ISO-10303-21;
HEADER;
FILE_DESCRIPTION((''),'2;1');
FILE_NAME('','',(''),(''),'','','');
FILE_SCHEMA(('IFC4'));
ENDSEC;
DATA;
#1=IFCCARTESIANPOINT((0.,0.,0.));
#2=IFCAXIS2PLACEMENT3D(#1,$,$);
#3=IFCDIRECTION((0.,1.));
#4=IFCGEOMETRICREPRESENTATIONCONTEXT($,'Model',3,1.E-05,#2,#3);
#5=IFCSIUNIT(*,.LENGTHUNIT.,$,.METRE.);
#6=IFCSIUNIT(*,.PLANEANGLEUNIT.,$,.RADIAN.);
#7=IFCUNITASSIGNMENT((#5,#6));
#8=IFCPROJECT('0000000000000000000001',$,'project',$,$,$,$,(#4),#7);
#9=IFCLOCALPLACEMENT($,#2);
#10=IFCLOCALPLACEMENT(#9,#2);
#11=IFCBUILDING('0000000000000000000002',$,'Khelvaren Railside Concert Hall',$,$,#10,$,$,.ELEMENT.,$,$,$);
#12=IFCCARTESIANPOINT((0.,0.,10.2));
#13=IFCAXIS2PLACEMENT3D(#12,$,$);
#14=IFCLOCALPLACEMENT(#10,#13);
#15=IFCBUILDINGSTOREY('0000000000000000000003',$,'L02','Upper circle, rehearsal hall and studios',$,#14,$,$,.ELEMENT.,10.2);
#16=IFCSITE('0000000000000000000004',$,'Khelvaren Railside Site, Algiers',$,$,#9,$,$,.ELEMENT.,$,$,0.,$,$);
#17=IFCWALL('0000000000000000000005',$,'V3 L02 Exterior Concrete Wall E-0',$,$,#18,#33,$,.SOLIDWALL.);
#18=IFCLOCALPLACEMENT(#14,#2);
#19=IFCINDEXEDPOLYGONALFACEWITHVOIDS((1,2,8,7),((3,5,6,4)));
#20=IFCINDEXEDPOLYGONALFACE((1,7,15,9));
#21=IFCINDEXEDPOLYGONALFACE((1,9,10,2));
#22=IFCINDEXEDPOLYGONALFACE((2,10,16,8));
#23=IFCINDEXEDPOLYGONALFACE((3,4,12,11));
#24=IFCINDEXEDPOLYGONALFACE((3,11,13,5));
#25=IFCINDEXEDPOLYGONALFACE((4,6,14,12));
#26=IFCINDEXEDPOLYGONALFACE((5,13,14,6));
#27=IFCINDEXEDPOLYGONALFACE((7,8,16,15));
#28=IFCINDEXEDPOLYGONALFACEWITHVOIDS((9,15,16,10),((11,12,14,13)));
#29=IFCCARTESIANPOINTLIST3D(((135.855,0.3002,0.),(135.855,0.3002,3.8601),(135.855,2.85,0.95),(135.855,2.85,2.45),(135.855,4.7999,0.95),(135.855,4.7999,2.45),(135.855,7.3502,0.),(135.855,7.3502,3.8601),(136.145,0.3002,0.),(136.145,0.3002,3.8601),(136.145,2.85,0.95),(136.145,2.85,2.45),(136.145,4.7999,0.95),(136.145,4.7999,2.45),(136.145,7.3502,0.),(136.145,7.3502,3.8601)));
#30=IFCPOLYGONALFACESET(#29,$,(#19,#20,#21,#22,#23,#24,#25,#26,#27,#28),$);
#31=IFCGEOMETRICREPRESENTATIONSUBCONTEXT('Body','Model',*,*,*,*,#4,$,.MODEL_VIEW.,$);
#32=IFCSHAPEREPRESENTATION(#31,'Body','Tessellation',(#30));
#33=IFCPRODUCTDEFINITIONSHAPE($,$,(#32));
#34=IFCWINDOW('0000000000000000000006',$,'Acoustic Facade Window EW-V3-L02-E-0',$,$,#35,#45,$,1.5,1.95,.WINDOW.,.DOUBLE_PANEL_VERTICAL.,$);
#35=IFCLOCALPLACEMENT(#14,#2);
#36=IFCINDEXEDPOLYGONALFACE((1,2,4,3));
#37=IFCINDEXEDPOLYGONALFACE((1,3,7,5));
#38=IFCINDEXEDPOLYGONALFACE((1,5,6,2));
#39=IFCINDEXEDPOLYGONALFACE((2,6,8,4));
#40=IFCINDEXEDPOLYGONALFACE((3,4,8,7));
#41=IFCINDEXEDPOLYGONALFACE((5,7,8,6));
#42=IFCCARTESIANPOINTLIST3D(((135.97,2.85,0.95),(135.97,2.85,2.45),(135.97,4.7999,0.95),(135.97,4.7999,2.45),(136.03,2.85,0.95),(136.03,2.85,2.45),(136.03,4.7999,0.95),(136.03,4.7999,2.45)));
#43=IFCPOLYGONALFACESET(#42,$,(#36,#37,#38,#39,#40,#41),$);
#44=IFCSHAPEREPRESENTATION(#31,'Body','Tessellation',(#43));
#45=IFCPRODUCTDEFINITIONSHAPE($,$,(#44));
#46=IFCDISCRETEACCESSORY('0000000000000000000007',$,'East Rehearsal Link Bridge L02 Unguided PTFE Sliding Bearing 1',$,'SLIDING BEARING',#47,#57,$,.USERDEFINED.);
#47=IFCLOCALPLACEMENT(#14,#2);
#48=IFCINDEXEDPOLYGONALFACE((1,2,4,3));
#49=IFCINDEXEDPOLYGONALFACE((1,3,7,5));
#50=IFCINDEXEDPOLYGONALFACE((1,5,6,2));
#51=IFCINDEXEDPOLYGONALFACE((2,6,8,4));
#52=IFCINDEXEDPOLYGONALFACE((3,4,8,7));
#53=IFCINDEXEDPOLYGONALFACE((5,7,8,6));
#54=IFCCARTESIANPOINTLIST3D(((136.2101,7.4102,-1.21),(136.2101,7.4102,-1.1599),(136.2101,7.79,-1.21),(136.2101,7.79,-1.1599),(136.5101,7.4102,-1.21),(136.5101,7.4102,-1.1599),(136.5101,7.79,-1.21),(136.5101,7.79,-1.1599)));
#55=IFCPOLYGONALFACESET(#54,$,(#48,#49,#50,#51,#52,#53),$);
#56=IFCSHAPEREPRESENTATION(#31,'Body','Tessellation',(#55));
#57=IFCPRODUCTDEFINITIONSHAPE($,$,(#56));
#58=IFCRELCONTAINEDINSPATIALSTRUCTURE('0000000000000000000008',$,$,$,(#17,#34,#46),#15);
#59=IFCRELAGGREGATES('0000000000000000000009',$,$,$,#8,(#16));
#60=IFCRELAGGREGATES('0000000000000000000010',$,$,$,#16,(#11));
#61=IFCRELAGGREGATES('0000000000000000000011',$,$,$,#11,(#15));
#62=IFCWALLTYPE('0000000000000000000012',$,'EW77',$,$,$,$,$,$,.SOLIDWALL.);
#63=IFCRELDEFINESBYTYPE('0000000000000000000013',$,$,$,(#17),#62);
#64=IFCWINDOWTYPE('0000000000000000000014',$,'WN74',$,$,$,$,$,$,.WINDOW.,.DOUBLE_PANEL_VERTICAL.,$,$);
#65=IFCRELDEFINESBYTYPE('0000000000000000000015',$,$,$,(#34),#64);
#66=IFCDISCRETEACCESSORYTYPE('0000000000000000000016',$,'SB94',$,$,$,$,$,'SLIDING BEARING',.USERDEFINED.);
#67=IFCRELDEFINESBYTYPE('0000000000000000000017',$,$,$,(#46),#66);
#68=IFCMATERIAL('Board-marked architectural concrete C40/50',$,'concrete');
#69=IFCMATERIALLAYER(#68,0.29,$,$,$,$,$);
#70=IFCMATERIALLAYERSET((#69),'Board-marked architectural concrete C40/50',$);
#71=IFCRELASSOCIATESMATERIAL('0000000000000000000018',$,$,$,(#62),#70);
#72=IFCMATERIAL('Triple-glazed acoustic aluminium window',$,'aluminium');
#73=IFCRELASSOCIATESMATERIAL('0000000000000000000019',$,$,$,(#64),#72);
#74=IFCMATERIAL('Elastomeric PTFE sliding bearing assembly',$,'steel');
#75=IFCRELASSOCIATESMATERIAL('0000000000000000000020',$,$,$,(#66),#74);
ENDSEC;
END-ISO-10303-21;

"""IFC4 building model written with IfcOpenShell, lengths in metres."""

from ifc_helpers import new_model, si_unit, direction, frame, frame_2d, origin, origin_2d, place, context, subcontext, project, spatial, rectangle, extrude, material, layer, layer_set, type_object, element, fill, save


model = new_model("IFC4")

# Units and contexts
model_context = context("Model", 3, precision=1e-05, world=origin(), true_north=direction((0.0, 1.0)))
body_context = subcontext(model_context, "Body", "Model", "MODEL_VIEW")
ifc_project = project(units=[si_unit("LENGTHUNIT", "METRE"), si_unit("PLANEANGLEUNIT", "RADIAN")], contexts=[model_context])

# Site, building, storey
site_placement = place(None, origin())
site = spatial("IfcSite", under=ifc_project, at=site_placement, Name="Khelvaren Railside Site, Algiers", CompositionType="ELEMENT", RefElevation=0.0)
building_placement = place(site_placement, origin())
building = spatial("IfcBuilding", under=site, at=building_placement, Name="Khelvaren Railside Concert Hall", CompositionType="ELEMENT")
storey_placement = place(building_placement, frame((0.0, 0.0, 10.2)))
storey = spatial("IfcBuildingStorey", under=building, at=storey_placement, Name="L02", Description="Upper circle, rehearsal hall and studios", CompositionType="ELEMENT", Elevation=10.2)

# Wall, opening, window
ifc_material_1 = material(Name="Board-marked architectural concrete C40/50", Category="concrete")
ifc_layer_1 = layer(ifc_material_1, 0.29)
ifc_layer_set_1 = layer_set([ifc_layer_1], Name="Board-marked architectural concrete C40/50")
wall_type = type_object("IfcWallType", Name="EW77", PredefinedType="SOLIDWALL", material=ifc_layer_set_1)
wall_placement = place(storey_placement, frame((136.0, 7.3501, 0.0), z_axis=(0.0, 0.0, 1.0), x_axis=(0.0, -1.0, 0.0)))
wall = element("IfcWall", 1, at=wall_placement, inside=storey, type_object=wall_type, Name="V3 L02 Exterior Concrete Wall E-0", PredefinedType="SOLIDWALL", context=body_context, shape_type="SweptSolid", body=[
    extrude(rectangle(XDim=7.05, YDim=0.29, at=frame_2d((3.5249, 0.0))), origin(), (0.0, 0.0, 1.0), 3.8601),
])
opening_placement = place(wall_placement, frame((2.55, 0.0, 0.95)))
opening = element("IfcOpeningElement", 2, at=opening_placement, cuts=wall, PredefinedType="OPENING", context=body_context, shape_type="SweptSolid", body=[
    extrude(rectangle(XDim=1.95, YDim=1.5, at=frame_2d((0.9751, 0.75))), frame((0.0, 0.155, 0.0), z_axis=(0.0, -1.0, 0.0), x_axis=(1.0, 0.0, 0.0)), (0.0, 0.0, 1.0), 0.3101),
])
ifc_material_2 = material(Name="Triple-glazed acoustic aluminium window", Category="aluminium")
window_type = type_object("IfcWindowType", Name="WN74", PartitioningType="DOUBLE_PANEL_VERTICAL", PredefinedType="WINDOW", material=ifc_material_2)
window_placement = place(opening_placement, origin())
window = element("IfcWindow", 3, at=window_placement, inside=storey, type_object=window_type, Name="Acoustic Facade Window EW-V3-L02-E-0", OverallHeight=1.5, OverallWidth=1.95, PartitioningType="DOUBLE_PANEL_VERTICAL", PredefinedType="WINDOW", context=body_context, shape_type="SweptSolid", body=[
    extrude(rectangle(XDim=1.95, YDim=1.5, at=frame_2d((0.9751, 0.75))), frame((0.0, 0.03, 0.0), z_axis=(0.0, -1.0, 0.0), x_axis=(1.0, 0.0, 0.0)), (0.0, 0.0, 1.0), 0.0601),
])
fill(opening, window)

# Discrete accessory
ifc_material_3 = material(Name="Elastomeric PTFE sliding bearing assembly", Category="steel")
discrete_accessory_type = type_object("IfcDiscreteAccessoryType", Name="SB94", ElementType="SLIDING BEARING", PredefinedType="USERDEFINED", material=ifc_material_3)
discrete_accessory_placement = place(storey_placement, frame((136.3601, 7.6001, -1.21), z_axis=(0.0, 0.0, 1.0), x_axis=(1.0, 0.0, 0.0)))
element("IfcDiscreteAccessory", 4, at=discrete_accessory_placement, inside=storey, type_object=discrete_accessory_type, Name="East Rehearsal Link Bridge L02 Unguided PTFE Sliding Bearing 1", ObjectType="SLIDING BEARING", PredefinedType="USERDEFINED", context=body_context, shape_type="SweptSolid", body=[
    extrude(rectangle(XDim=0.3, YDim=0.3799, at=origin_2d()), origin(), (0.0, 0.0, 1.0), 0.05),
])

save(model, "model.ifc")
